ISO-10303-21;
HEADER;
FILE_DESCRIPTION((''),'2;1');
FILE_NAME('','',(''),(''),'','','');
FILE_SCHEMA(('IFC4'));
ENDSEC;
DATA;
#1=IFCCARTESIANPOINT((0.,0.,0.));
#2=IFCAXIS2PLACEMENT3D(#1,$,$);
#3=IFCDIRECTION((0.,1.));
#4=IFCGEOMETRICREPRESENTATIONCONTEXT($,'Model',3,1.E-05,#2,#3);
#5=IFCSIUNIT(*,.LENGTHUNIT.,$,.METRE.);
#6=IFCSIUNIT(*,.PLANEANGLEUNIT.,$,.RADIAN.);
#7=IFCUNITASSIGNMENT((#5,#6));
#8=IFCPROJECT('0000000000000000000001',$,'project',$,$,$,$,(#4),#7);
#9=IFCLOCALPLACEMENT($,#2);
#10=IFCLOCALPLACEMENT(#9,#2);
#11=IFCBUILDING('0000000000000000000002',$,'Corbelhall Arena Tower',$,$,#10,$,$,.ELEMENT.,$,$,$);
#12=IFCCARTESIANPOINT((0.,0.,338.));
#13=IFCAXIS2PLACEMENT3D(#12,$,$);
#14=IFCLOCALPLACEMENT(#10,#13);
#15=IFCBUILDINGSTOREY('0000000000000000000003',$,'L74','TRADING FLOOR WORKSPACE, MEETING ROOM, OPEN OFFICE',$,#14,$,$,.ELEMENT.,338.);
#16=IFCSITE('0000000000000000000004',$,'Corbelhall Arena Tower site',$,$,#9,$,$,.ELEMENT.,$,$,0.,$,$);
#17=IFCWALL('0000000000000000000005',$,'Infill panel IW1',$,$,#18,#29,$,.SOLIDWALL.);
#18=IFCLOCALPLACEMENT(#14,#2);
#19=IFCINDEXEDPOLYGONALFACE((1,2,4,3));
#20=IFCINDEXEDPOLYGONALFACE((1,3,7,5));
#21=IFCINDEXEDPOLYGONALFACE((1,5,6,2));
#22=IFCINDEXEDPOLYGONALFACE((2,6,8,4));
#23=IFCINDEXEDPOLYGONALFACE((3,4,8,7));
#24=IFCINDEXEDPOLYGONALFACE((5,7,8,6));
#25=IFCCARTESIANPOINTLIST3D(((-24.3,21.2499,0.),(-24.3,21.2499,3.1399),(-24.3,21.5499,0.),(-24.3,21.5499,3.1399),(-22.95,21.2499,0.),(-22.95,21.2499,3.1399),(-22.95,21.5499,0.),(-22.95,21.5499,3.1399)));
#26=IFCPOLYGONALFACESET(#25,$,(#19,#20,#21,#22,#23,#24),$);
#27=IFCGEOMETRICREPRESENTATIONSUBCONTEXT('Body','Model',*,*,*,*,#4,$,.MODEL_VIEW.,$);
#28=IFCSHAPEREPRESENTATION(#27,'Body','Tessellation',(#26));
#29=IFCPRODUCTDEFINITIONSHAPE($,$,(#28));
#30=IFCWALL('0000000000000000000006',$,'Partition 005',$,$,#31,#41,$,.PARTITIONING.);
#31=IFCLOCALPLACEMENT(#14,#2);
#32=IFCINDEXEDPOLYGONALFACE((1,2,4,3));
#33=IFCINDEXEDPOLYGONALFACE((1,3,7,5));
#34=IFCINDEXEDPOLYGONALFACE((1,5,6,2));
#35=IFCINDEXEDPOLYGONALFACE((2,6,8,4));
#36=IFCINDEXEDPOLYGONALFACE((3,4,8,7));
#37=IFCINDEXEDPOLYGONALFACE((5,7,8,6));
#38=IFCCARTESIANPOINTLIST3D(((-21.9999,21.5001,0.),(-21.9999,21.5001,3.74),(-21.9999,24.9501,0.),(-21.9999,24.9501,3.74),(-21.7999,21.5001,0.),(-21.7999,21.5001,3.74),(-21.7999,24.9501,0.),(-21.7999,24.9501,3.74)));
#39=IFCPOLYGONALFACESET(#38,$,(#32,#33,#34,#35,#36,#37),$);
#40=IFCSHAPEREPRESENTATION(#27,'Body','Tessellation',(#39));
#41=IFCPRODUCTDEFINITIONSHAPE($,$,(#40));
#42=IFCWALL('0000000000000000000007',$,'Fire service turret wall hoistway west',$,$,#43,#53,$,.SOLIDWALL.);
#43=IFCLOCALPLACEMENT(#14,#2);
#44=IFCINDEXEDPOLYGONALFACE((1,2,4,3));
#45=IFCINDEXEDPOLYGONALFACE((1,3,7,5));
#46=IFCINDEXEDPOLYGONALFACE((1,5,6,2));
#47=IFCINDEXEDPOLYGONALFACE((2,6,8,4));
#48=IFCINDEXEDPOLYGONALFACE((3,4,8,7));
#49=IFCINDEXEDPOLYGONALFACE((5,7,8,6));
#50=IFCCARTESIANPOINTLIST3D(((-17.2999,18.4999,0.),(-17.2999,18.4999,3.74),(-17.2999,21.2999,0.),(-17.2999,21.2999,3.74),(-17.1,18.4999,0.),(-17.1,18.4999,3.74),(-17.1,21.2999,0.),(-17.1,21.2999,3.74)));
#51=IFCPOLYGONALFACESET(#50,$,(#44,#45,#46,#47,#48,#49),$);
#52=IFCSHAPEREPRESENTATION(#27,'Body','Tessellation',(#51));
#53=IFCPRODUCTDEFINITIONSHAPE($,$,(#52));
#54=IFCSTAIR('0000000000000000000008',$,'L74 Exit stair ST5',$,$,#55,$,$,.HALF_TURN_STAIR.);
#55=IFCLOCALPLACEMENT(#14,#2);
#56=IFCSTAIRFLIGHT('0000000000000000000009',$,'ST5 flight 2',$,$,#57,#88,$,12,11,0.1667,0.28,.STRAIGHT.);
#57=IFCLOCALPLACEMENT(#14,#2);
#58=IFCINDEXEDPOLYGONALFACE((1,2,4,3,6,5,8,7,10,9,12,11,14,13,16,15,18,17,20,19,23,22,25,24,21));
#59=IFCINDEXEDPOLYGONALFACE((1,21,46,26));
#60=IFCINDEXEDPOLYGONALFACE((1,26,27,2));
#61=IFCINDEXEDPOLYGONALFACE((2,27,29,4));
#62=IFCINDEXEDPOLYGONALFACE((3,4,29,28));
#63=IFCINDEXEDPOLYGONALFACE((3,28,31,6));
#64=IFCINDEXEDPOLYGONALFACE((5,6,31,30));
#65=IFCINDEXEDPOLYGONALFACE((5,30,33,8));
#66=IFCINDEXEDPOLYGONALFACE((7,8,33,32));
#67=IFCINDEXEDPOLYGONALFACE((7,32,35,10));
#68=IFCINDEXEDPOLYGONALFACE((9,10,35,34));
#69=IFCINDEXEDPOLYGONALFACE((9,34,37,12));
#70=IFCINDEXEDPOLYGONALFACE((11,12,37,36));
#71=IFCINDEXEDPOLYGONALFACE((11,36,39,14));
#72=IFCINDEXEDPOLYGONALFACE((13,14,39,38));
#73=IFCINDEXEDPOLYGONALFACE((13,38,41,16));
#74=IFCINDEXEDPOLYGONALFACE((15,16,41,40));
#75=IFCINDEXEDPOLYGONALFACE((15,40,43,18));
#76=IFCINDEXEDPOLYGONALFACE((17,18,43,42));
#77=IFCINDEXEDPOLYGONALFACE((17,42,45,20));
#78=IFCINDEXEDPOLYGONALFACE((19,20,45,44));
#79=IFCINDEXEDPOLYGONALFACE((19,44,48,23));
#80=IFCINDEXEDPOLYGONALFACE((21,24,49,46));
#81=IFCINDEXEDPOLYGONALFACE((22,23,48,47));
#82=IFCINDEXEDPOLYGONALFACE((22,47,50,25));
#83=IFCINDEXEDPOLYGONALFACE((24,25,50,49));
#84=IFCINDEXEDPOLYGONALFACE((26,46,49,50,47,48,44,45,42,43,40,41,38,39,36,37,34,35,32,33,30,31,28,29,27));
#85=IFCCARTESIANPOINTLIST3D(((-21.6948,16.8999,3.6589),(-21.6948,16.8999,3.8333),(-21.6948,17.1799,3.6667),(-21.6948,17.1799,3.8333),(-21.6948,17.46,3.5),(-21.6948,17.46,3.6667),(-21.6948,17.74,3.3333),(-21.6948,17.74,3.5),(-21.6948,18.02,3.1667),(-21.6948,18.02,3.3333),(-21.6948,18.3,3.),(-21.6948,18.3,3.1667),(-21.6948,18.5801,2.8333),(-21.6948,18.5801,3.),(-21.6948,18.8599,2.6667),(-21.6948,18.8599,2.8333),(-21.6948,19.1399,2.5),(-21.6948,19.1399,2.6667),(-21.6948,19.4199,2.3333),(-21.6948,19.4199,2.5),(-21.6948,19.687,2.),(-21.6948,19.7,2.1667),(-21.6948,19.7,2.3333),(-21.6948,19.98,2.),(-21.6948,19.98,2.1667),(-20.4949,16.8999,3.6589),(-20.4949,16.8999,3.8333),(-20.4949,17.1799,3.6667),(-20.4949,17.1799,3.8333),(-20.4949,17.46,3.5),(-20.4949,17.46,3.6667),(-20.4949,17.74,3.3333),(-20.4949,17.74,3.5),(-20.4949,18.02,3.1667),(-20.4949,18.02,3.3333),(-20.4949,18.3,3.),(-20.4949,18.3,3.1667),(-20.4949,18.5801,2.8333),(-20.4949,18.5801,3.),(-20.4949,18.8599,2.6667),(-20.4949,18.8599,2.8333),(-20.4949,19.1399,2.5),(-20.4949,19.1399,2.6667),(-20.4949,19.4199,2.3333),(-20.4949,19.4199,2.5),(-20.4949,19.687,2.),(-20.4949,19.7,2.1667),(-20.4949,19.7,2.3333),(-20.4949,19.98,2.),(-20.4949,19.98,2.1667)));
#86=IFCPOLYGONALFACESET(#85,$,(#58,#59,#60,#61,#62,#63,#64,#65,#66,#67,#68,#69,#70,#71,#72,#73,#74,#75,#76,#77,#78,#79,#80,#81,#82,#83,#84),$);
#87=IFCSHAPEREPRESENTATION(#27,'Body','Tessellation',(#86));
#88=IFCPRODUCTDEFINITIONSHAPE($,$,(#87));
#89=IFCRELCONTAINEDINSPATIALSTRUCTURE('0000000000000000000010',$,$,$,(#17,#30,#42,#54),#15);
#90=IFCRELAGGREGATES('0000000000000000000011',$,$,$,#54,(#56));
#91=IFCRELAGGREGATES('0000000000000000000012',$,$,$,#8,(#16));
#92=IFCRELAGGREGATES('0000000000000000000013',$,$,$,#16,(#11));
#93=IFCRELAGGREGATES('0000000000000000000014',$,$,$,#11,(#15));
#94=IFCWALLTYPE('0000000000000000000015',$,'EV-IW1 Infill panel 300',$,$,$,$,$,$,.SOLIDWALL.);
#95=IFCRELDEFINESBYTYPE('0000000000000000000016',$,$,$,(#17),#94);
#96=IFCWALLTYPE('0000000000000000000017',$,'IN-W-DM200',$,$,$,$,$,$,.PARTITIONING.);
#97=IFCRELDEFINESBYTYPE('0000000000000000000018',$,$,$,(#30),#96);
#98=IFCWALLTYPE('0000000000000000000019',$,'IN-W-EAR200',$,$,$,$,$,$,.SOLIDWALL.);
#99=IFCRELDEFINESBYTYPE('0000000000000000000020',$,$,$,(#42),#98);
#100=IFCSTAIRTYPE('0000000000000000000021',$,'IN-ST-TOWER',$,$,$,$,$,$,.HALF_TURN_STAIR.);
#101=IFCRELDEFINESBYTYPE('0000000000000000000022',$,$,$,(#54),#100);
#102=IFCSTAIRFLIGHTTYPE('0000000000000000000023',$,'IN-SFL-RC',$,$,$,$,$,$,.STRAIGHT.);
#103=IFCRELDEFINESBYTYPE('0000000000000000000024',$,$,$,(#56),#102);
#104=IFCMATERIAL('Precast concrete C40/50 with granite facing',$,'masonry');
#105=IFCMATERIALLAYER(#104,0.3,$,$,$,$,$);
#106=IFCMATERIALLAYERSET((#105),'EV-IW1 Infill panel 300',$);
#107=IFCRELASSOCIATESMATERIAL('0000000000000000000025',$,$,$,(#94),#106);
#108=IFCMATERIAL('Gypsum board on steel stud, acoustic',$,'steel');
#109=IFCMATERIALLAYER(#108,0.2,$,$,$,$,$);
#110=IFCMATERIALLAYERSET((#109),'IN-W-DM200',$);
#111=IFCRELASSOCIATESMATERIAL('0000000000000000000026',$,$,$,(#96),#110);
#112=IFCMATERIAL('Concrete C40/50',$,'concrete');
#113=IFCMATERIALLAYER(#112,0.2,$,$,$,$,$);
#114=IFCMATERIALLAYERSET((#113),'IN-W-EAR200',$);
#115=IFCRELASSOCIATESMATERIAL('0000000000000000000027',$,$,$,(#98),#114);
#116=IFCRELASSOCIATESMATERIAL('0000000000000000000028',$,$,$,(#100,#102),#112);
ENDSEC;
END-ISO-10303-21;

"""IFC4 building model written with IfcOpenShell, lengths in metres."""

from ifc_helpers import new_model, si_unit, direction, frame, frame_2d, origin, place, context, subcontext, project, spatial, polyline, rectangle, outline, extrude, material, layer, layer_set, type_object, element, aggregate, save


model = new_model("IFC4")

# Units and contexts
model_context = context("Model", 3, precision=1e-05, world=origin(), true_north=direction((0.0, 1.0)))
body_context = subcontext(model_context, "Body", "Model", "MODEL_VIEW")
ifc_project = project(units=[si_unit("LENGTHUNIT", "METRE"), si_unit("PLANEANGLEUNIT", "RADIAN")], contexts=[model_context])

# Site, building, storey
site_placement = place(None, origin())
site = spatial("IfcSite", under=ifc_project, at=site_placement, Name="Corbelhall Arena Tower site", CompositionType="ELEMENT", RefElevation=0.0)
building_placement = place(site_placement, origin())
building = spatial("IfcBuilding", under=site, at=building_placement, Name="Corbelhall Arena Tower", CompositionType="ELEMENT")
storey_placement = place(building_placement, frame((0.0, 0.0, 338.0)))
storey = spatial("IfcBuildingStorey", under=building, at=storey_placement, Name="L74", Description="TRADING FLOOR WORKSPACE, MEETING ROOM, OPEN OFFICE", CompositionType="ELEMENT", Elevation=338.0)

# Shared definitions
ifc_material_1 = material(Name="Precast concrete C40/50 with granite facing", Category="masonry")
ifc_layer_1 = layer(ifc_material_1, 0.3)
ifc_layer_set_1 = layer_set([ifc_layer_1], Name="EV-IW1 Infill panel 300")
wall_type_1 = type_object("IfcWallType", Name="EV-IW1 Infill panel 300", PredefinedType="SOLIDWALL", material=ifc_layer_set_1)

# Walls
wall_1_placement = place(storey_placement, frame((-22.95, 21.3999, 0.0), z_axis=(0.0, 0.0, 1.0), x_axis=(-1.0, 0.0, 0.0)))
element("IfcWall", 1, at=wall_1_placement, inside=storey, type_object=wall_type_1, Name="Infill panel IW1", PredefinedType="SOLIDWALL", context=body_context, shape_type="SweptSolid", body=[
    extrude(rectangle(XDim=1.3501, YDim=0.3, at=frame_2d((0.675, 0.0))), origin(), (0.0, 0.0, 1.0), 3.1399),
])
ifc_material_2 = material(Name="Gypsum board on steel stud, acoustic", Category="steel")
ifc_layer_2 = layer(ifc_material_2, 0.2)
ifc_layer_set_2 = layer_set([ifc_layer_2], Name="IN-W-DM200")
wall_type_2 = type_object("IfcWallType", Name="IN-W-DM200", PredefinedType="PARTITIONING", material=ifc_layer_set_2)
wall_2_placement = place(storey_placement, frame((-21.8999, 21.5, 0.0), z_axis=(0.0, 0.0, 1.0), x_axis=(0.0, 1.0, 0.0)))
element("IfcWall", 2, at=wall_2_placement, inside=storey, type_object=wall_type_2, Name="Partition 005", PredefinedType="PARTITIONING", context=body_context, shape_type="SweptSolid", body=[
    extrude(rectangle(XDim=3.45, YDim=0.2, at=frame_2d((1.7251, 0.0))), origin(), (0.0, 0.0, 1.0), 3.74),
])

# Shared definitions
ifc_material_3 = material(Name="Concrete C40/50", Category="concrete")
ifc_layer_3 = layer(ifc_material_3, 0.2)
ifc_layer_set_3 = layer_set([ifc_layer_3], Name="IN-W-EAR200")
wall_type_3 = type_object("IfcWallType", Name="IN-W-EAR200", PredefinedType="SOLIDWALL", material=ifc_layer_set_3)

# Wall
wall_3_placement = place(storey_placement, frame((-17.2, 18.5, 0.0), z_axis=(0.0, 0.0, 1.0), x_axis=(0.0, 1.0, 0.0)))
element("IfcWall", 3, at=wall_3_placement, inside=storey, type_object=wall_type_3, Name="Fire service turret wall hoistway west", PredefinedType="SOLIDWALL", context=body_context, shape_type="SweptSolid", body=[
    extrude(rectangle(XDim=2.8, YDim=0.2, at=frame_2d((1.3999, 0.0))), origin(), (0.0, 0.0, 1.0), 3.74),
])

# Stair, stair flight
stair_type = type_object("IfcStairType", Name="IN-ST-TOWER", PredefinedType="HALF_TURN_STAIR", material=ifc_material_3)
stair_placement = place(storey_placement, origin())
stair = element("IfcStair", 4, at=stair_placement, inside=storey, type_object=stair_type, Name="L74 Exit stair ST5", PredefinedType="HALF_TURN_STAIR")
stair_flight_type = type_object("IfcStairFlightType", Name="IN-SFL-RC", PredefinedType="STRAIGHT", material=ifc_material_3)
stair_flight_placement = place(storey_placement, frame((-21.095, 19.98, 2.0), z_axis=(0.0, 0.0, 1.0), x_axis=(0.0, -1.0, 0.0)))
stair_flight = element("IfcStairFlight", 5, at=stair_flight_placement, type_object=stair_flight_type, Name="ST5 flight 2", NumberOfRisers=12, NumberOfTreads=11, PredefinedType="STRAIGHT", RiserHeight=0.1667, TreadLength=0.28, context=body_context, shape_type="SweptSolid", body=[
    extrude(outline(polyline([(0.0, 0.0), (0.0, 0.1667), (0.28, 0.1667), (0.28, 0.3333), (0.5601, 0.3333), (0.5601, 0.5), (0.8401, 0.5), (0.8401, 0.6667), (1.1201, 0.6667), (1.1201, 0.8333), (1.3999, 0.8333), (1.3999, 1.0), (1.6799, 1.0), (1.6799, 1.1667), (1.96, 1.1667), (1.96, 1.3333), (2.24, 1.3333), (2.24, 1.5), (2.52, 1.5), (2.52, 1.6667), (2.8, 1.6667), (2.8, 1.8333), (3.0801, 1.8333), (3.0801, 2.0), (3.0801, 1.6589), (0.293, 0.0), (0.0, 0.0)])), frame((0.0, 0.6001, 0.0), z_axis=(0.0, -1.0, 0.0), x_axis=(1.0, 0.0, 0.0)), (0.0, 0.0, 1.0), 1.2),
])
aggregate(stair, [stair_flight])

save(model, "model.ifc")
